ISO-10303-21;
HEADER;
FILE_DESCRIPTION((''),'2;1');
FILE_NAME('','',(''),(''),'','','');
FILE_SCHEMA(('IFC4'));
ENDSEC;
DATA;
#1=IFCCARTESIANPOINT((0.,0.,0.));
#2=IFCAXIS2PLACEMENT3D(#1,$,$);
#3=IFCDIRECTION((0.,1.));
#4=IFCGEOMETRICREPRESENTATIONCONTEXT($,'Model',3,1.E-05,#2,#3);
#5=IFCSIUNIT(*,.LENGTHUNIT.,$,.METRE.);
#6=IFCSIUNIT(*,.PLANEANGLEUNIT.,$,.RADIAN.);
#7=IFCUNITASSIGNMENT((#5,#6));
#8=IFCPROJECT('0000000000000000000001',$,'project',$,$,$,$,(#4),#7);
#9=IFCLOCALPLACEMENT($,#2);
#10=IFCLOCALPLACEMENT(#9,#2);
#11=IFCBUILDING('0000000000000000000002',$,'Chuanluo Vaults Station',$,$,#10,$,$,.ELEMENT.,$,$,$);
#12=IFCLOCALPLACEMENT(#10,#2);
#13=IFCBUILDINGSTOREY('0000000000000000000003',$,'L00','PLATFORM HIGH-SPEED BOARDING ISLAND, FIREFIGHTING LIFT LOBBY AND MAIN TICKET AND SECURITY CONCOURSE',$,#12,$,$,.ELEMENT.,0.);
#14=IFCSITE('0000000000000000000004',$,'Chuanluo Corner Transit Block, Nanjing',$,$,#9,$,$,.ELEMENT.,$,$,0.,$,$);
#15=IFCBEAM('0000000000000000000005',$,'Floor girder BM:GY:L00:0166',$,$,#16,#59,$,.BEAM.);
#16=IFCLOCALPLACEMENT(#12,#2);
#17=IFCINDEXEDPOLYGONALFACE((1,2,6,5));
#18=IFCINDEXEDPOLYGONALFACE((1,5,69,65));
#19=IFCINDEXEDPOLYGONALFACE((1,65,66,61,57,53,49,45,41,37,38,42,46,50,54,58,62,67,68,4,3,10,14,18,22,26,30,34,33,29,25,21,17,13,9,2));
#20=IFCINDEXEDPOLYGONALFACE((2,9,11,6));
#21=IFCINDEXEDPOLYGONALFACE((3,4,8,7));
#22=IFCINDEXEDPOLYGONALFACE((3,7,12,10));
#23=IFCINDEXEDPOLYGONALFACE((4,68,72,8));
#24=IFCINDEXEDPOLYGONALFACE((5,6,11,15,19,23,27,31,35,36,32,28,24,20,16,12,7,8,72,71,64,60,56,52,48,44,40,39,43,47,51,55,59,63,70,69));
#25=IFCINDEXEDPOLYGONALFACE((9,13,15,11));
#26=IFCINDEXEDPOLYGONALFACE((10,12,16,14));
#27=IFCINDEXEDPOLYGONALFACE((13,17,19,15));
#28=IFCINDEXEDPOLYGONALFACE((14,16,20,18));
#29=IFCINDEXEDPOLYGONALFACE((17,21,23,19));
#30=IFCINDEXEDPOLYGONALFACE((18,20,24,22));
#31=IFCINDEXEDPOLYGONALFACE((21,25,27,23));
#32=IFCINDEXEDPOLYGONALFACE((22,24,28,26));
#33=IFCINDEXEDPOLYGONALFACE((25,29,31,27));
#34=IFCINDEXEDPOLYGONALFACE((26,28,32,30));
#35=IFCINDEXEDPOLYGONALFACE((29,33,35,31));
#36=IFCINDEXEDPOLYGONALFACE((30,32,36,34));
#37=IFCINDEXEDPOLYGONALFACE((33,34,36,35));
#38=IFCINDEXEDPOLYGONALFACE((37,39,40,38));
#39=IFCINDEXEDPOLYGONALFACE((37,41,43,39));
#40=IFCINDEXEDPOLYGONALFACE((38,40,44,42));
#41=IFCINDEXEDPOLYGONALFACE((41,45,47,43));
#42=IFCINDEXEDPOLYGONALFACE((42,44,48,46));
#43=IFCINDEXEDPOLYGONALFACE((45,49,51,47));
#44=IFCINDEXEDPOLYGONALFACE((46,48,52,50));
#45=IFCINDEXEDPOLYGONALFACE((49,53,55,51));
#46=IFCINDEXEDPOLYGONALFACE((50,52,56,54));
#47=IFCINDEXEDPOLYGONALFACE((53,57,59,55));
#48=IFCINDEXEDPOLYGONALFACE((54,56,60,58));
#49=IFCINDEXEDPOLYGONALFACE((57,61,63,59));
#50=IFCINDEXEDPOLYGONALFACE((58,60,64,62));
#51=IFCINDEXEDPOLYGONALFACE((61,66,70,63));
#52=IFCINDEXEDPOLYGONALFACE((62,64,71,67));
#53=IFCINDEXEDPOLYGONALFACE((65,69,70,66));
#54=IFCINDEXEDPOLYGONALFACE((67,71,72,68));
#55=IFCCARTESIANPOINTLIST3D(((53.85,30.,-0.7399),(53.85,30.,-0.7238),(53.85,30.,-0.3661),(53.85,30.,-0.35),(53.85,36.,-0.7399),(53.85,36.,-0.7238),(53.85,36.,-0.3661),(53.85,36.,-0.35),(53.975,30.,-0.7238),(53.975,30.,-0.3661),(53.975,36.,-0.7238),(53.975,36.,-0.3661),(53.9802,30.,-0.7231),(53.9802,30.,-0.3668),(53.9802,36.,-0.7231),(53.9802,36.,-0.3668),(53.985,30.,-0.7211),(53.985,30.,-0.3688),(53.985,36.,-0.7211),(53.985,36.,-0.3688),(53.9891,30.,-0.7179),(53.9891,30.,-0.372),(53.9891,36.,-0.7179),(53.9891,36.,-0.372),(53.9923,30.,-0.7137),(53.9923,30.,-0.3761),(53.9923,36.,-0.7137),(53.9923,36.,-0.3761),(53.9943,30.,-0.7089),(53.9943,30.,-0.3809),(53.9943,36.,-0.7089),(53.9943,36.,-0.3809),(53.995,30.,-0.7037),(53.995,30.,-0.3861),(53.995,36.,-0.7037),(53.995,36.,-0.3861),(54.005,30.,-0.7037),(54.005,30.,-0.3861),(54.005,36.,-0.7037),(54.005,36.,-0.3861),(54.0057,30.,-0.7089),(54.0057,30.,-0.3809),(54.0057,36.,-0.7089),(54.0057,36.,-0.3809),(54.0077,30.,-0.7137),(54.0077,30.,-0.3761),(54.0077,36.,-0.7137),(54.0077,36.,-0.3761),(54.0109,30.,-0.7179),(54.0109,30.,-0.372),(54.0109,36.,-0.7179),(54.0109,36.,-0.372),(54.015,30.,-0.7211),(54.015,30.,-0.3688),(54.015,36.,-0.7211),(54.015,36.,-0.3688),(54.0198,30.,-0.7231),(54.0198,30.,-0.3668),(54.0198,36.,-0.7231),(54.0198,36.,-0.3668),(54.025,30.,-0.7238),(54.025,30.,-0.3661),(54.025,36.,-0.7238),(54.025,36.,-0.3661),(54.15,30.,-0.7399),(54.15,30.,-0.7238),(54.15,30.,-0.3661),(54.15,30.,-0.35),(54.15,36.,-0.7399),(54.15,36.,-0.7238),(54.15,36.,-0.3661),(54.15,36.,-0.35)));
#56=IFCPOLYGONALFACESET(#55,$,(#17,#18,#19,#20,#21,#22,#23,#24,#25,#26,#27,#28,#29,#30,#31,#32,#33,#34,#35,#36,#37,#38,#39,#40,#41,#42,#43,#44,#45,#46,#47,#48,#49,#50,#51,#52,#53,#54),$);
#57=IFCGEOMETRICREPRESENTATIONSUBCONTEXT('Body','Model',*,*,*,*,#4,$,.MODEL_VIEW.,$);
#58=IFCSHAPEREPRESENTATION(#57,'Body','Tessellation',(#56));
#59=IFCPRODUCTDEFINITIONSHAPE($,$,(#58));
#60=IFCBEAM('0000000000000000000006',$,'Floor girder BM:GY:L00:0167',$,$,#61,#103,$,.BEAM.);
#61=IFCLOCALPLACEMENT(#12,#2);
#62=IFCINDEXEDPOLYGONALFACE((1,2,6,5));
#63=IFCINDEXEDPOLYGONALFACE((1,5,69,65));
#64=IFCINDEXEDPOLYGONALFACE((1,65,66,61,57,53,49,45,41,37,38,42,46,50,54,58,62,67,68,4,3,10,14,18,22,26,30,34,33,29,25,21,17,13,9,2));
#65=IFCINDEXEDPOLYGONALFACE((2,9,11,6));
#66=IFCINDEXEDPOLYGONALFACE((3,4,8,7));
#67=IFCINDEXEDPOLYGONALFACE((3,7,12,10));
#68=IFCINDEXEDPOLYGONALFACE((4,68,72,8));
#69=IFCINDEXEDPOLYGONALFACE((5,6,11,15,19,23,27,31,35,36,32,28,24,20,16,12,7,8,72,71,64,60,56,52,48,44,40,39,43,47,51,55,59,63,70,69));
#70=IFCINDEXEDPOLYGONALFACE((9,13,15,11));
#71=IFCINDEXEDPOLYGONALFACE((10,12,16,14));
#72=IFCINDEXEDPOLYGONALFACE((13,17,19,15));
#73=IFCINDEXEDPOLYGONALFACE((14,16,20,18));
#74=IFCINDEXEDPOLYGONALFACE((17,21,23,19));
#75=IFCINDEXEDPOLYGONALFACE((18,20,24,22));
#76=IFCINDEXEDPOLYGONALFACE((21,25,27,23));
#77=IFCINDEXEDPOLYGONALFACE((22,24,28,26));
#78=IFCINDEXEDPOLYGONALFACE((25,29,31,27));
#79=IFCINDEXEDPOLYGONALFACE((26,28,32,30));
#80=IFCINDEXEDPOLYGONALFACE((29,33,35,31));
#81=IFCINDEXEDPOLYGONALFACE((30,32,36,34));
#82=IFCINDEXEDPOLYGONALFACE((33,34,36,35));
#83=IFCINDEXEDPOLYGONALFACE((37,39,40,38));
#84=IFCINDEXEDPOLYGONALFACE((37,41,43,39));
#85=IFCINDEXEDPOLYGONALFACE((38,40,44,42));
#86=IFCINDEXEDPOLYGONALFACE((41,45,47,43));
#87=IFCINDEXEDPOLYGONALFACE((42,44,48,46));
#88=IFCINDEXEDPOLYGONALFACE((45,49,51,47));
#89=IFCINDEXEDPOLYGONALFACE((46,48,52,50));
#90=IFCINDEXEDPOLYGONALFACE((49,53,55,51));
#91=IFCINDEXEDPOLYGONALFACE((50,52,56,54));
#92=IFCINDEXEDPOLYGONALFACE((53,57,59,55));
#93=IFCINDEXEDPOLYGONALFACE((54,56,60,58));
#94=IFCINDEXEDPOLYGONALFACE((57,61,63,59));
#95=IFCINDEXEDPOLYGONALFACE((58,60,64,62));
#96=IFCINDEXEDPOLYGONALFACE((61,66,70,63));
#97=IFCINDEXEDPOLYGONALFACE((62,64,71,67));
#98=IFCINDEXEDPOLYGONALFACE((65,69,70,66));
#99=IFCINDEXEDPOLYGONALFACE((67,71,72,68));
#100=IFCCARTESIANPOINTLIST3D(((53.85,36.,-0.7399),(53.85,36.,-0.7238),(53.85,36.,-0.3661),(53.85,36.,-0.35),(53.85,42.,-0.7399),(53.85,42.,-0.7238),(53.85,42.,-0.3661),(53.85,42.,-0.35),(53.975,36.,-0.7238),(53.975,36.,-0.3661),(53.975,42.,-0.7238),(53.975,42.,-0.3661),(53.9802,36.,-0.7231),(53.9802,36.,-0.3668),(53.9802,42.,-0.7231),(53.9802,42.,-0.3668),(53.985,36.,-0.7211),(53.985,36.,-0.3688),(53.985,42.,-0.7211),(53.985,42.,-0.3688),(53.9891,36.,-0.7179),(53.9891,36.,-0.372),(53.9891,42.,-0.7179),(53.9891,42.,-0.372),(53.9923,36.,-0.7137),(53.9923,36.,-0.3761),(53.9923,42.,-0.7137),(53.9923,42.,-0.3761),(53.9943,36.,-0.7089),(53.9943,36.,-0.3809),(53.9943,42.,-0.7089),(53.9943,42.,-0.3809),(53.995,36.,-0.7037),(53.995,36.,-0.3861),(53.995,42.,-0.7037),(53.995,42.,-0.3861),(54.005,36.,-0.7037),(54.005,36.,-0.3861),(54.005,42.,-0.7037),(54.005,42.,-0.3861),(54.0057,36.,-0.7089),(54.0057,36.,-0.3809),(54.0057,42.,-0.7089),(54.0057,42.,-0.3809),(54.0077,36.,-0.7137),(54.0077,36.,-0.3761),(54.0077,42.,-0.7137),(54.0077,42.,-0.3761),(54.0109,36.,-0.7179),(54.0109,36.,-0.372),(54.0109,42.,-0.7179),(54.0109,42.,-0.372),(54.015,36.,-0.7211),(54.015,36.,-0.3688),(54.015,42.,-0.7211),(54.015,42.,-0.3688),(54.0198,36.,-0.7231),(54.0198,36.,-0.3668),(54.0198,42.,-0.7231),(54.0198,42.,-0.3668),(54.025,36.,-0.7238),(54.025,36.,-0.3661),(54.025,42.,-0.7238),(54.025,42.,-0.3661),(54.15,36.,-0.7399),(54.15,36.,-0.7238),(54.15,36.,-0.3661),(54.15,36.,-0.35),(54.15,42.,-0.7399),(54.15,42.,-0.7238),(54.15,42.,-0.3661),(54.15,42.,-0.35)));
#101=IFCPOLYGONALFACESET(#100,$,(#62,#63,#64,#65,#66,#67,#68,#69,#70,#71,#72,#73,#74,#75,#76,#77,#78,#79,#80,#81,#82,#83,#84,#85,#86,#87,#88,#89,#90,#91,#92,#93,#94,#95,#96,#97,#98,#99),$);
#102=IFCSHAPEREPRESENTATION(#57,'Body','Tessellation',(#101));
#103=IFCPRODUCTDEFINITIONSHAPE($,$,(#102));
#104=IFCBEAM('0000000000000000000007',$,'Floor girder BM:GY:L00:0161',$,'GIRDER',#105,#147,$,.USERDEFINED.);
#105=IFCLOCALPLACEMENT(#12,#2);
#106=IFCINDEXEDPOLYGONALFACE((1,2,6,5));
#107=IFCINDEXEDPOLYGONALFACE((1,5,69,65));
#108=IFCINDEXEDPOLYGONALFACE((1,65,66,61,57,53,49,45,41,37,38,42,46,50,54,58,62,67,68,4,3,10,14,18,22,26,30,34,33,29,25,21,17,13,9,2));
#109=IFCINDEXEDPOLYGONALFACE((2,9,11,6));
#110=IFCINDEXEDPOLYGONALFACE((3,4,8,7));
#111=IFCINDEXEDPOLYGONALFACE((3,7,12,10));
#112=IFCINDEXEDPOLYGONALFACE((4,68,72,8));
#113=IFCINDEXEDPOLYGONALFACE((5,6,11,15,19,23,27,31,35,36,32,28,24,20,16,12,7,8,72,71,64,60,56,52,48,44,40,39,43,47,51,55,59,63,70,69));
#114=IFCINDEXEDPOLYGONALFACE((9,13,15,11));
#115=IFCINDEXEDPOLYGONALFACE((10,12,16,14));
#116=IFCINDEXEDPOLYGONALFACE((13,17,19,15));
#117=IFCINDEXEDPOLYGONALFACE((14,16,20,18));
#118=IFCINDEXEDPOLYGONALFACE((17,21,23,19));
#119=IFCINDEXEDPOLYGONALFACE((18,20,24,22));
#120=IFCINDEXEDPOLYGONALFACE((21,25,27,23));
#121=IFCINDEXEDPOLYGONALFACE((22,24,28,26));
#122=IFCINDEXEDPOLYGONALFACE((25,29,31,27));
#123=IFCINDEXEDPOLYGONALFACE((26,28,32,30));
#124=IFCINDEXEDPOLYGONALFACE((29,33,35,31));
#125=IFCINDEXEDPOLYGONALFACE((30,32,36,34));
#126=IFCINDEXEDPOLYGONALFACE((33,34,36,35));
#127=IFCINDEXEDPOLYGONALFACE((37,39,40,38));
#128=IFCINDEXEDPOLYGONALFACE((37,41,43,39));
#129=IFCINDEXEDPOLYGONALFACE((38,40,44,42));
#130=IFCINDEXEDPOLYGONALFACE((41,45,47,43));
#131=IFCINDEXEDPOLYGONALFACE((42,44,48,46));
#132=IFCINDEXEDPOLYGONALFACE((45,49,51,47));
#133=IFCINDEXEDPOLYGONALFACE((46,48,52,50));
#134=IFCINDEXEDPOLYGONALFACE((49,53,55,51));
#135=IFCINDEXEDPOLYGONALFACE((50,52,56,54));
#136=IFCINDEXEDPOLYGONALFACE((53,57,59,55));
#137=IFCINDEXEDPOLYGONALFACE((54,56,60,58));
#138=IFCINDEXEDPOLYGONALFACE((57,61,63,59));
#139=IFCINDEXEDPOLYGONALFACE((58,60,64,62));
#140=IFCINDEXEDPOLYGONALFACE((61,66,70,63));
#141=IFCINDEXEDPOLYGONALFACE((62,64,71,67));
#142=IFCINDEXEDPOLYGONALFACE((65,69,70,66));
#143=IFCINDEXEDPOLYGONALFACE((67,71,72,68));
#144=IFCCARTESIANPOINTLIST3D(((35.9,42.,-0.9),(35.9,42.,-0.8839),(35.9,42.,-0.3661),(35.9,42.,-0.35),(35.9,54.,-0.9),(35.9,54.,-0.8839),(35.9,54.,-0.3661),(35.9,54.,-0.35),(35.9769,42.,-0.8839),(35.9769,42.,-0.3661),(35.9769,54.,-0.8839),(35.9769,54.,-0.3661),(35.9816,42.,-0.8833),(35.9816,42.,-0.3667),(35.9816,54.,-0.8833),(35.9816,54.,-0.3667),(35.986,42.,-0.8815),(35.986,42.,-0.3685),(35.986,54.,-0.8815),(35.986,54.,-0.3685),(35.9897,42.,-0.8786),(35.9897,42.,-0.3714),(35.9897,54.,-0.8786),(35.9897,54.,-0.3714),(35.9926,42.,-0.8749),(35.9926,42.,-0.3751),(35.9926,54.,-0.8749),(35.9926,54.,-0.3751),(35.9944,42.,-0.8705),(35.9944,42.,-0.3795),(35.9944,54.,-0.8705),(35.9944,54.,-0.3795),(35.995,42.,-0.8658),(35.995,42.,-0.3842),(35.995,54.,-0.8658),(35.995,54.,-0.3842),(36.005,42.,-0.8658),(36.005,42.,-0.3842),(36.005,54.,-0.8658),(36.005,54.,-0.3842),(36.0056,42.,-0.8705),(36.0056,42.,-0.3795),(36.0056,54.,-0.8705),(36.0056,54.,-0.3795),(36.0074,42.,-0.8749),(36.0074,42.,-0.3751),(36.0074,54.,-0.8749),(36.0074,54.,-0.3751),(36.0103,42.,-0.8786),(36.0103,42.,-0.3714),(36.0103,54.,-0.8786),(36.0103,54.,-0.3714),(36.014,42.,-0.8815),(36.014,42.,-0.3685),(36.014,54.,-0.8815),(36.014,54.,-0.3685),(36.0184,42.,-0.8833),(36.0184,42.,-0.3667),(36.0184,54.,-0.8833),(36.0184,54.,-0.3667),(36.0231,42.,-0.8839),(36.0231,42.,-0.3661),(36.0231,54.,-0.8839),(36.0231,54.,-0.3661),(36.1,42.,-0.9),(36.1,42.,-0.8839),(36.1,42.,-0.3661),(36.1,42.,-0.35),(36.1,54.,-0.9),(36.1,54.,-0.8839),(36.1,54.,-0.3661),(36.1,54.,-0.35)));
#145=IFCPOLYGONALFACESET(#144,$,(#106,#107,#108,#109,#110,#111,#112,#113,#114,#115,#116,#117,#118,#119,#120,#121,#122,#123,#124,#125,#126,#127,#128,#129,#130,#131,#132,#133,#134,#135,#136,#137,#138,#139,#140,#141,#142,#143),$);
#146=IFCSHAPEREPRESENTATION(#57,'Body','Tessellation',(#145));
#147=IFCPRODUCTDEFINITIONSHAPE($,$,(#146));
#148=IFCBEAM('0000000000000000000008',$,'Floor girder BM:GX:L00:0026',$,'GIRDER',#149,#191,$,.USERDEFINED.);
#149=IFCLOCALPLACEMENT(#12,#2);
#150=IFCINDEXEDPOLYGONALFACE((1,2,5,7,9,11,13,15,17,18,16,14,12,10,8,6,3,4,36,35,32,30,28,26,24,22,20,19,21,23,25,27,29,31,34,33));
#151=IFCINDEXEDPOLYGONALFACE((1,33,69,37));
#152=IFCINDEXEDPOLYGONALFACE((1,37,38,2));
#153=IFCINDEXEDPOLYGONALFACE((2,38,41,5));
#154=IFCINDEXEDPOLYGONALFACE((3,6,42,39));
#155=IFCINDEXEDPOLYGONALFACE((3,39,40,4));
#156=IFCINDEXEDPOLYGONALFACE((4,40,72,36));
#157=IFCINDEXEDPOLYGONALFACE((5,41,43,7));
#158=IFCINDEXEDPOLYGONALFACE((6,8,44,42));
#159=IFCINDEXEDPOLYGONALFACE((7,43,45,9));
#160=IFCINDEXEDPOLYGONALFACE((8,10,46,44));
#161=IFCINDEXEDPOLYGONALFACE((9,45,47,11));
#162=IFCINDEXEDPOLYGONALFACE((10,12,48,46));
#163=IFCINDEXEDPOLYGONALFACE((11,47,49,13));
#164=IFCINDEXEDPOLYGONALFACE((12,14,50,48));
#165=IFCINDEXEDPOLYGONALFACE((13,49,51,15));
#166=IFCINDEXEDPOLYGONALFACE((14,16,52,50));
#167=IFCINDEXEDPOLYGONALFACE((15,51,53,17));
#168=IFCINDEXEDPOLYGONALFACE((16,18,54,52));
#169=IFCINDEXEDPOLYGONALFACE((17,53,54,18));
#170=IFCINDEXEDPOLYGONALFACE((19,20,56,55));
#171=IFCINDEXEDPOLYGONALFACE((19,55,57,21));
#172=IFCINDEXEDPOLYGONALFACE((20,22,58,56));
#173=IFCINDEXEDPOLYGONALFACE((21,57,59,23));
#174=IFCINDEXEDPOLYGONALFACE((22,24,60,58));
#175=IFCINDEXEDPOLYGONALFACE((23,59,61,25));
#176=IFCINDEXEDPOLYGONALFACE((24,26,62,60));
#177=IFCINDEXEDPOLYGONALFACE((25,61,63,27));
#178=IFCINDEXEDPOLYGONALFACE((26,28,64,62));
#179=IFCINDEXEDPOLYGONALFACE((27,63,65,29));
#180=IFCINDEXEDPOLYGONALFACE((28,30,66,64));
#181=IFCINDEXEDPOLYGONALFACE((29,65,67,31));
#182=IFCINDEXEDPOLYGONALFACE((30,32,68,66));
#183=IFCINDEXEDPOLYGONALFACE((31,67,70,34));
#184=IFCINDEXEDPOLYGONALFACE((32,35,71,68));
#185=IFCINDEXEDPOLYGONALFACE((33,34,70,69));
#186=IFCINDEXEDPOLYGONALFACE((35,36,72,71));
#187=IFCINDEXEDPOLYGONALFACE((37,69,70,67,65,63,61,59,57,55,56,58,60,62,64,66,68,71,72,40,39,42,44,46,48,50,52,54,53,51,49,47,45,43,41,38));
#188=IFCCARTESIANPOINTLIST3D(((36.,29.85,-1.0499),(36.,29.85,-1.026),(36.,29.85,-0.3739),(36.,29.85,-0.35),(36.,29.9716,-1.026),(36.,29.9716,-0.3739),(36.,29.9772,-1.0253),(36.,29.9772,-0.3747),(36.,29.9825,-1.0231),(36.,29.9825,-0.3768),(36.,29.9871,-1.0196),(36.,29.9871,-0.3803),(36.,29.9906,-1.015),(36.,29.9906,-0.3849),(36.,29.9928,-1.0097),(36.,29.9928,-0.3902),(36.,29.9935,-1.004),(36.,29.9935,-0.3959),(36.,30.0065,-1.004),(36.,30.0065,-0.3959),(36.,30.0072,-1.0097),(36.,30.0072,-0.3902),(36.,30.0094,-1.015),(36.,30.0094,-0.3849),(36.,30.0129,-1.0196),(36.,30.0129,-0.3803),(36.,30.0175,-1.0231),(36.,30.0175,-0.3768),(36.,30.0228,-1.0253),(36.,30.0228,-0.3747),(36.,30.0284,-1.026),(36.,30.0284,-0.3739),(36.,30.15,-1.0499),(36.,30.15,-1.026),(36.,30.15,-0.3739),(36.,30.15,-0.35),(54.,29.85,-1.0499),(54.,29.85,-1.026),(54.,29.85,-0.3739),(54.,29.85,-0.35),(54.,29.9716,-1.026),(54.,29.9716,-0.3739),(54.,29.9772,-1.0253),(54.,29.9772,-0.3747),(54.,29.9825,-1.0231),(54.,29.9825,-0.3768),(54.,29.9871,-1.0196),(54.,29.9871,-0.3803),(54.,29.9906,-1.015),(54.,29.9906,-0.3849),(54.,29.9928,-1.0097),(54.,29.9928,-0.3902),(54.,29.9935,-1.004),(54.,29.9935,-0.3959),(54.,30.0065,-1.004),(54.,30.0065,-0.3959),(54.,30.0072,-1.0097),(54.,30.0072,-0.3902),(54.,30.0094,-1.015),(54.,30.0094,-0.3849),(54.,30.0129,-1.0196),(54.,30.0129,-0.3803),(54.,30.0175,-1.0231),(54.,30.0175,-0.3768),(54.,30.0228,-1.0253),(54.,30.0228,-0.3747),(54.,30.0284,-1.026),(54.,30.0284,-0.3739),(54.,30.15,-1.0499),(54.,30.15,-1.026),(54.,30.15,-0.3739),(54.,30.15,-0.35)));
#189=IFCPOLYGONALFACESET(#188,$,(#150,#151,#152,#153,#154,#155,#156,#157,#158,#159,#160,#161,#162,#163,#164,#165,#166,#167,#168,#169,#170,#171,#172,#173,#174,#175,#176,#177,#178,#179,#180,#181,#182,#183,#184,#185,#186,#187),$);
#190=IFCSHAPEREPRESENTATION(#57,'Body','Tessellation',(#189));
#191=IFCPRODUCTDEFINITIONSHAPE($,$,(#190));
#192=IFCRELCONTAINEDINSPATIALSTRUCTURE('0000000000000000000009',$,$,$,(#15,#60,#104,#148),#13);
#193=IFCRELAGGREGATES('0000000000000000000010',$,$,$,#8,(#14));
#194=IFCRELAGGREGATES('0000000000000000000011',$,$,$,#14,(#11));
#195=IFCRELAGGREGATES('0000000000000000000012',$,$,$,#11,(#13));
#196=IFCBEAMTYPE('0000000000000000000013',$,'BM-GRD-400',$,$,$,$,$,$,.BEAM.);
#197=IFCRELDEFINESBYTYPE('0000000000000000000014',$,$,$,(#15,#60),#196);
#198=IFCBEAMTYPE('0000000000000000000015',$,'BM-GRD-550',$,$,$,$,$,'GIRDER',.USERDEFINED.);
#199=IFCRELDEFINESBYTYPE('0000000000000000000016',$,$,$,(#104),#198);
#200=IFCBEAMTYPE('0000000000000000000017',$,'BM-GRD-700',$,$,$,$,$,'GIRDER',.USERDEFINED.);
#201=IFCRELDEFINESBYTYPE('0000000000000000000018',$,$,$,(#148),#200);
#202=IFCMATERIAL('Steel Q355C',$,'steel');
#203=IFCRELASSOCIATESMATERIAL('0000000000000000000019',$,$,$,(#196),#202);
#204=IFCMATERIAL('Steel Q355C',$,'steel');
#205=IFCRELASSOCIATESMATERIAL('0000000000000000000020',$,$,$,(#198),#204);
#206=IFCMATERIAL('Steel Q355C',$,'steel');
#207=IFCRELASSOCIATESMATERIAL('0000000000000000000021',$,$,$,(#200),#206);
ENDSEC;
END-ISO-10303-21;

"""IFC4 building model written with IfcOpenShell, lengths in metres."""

from ifc_helpers import new_model, si_unit, direction, frame, origin, origin_2d, place, context, subcontext, project, spatial, i_section, extrude, material, material_profile, profile_set, type_object, element, save


model = new_model("IFC4")

# Units and contexts
model_context = context("Model", 3, precision=1e-05, world=origin(), true_north=direction((0.0, 1.0)))
body_context = subcontext(model_context, "Body", "Model", "MODEL_VIEW")
ifc_project = project(units=[si_unit("LENGTHUNIT", "METRE"), si_unit("PLANEANGLEUNIT", "RADIAN")], contexts=[model_context])

# Site, building, storey
site_placement = place(None, origin())
site = spatial("IfcSite", under=ifc_project, at=site_placement, Name="Chuanluo Corner Transit Block, Nanjing", CompositionType="ELEMENT", RefElevation=0.0)
building_placement = place(site_placement, origin())
building = spatial("IfcBuilding", under=site, at=building_placement, Name="Chuanluo Vaults Station", CompositionType="ELEMENT")
storey_placement = place(building_placement, origin())
storey = spatial("IfcBuildingStorey", under=building, at=storey_placement, Name="L00", Description="PLATFORM HIGH-SPEED BOARDING ISLAND, FIREFIGHTING LIFT LOBBY AND MAIN TICKET AND SECURITY CONCOURSE", CompositionType="ELEMENT", Elevation=0.0)

# Beams
ifc_material_1 = material(Name="Steel Q355C", Category="steel")
ifc_material_profile_1 = material_profile(ifc_material_1, i_section(OverallWidth=0.3, OverallDepth=0.3899, WebThickness=0.01, FlangeThickness=0.0161, FilletRadius=0.02, at=origin_2d()))
ifc_profile_set_1 = profile_set([ifc_material_profile_1], Name="Steel Q355C")
beam_type_1 = type_object("IfcBeamType", Name="BM-GRD-400", PredefinedType="BEAM", material=ifc_profile_set_1)
for number, where, z_axis, x_axis, name in (
    (1, (54.0, 30.0, -0.5449), (0.0, 1.0, 0.0), (-1.0, 0.0, 0.0), "Floor girder BM:GY:L00:0166"),
    (2, (54.0, 36.0, -0.5449), (0.0, 1.0, 0.0), (-1.0, 0.0, 0.0), "Floor girder BM:GY:L00:0167"),
):
    element("IfcBeam", number, at=place(storey_placement, frame(where, z_axis=z_axis, x_axis=x_axis)), inside=storey, type_object=beam_type_1, Name=name, PredefinedType="BEAM", context=body_context, shape_type="SweptSolid", body=[
        extrude(i_section(OverallWidth=0.3, OverallDepth=0.3899, WebThickness=0.01, FlangeThickness=0.0161, FilletRadius=0.02, at=origin_2d()), origin(), (0.0, 0.0, 1.0), 6.0),
    ])
ifc_material_2 = material(Name="Steel Q355C", Category="steel")
ifc_material_profile_2 = material_profile(ifc_material_2, i_section(OverallWidth=0.2, OverallDepth=0.55, WebThickness=0.01, FlangeThickness=0.0161, FilletRadius=0.0181, at=origin_2d()))
ifc_profile_set_2 = profile_set([ifc_material_profile_2], Name="Steel Q355C")
beam_type_2 = type_object("IfcBeamType", Name="BM-GRD-550", ElementType="GIRDER", PredefinedType="USERDEFINED", material=ifc_profile_set_2)
beam_placement = place(storey_placement, frame((36.0, 42.0, -0.625), z_axis=(0.0, 1.0, 0.0), x_axis=(-1.0, 0.0, 0.0)))
element("IfcBeam", 3, at=beam_placement, inside=storey, type_object=beam_type_2, Name="Floor girder BM:GY:L00:0161", ObjectType="GIRDER", PredefinedType="USERDEFINED", context=body_context, shape_type="SweptSolid", body=[
    extrude(i_section(OverallWidth=0.2, OverallDepth=0.55, WebThickness=0.01, FlangeThickness=0.0161, FilletRadius=0.0181, at=origin_2d()), origin(), (0.0, 0.0, 1.0), 12.0),
])
ifc_material_3 = material(Name="Steel Q355C", Category="steel")
ifc_material_profile_3 = material_profile(ifc_material_3, i_section(OverallWidth=0.3, OverallDepth=0.7, WebThickness=0.0129, FlangeThickness=0.0239, FilletRadius=0.022, at=origin_2d()))
ifc_profile_set_3 = profile_set([ifc_material_profile_3], Name="Steel Q355C")
beam_type_3 = type_object("IfcBeamType", Name="BM-GRD-700", ElementType="GIRDER", PredefinedType="USERDEFINED", material=ifc_profile_set_3)
for number, where, z_axis, x_axis, name in (
    (4, (36.0, 30.0, -0.7), (1.0, 0.0, 0.0), (0.0, 1.0, 0.0), "Floor girder BM:GX:L00:0026"),
):
    element("IfcBeam", number, at=place(storey_placement, frame(where, z_axis=z_axis, x_axis=x_axis)), inside=storey, type_object=beam_type_3, Name=name, ObjectType="GIRDER", PredefinedType="USERDEFINED", context=body_context, shape_type="SweptSolid", body=[
        extrude(i_section(OverallWidth=0.3, OverallDepth=0.7, WebThickness=0.0129, FlangeThickness=0.0239, FilletRadius=0.022, at=origin_2d()), origin(), (0.0, 0.0, 1.0), 18.0),
    ])

save(model, "model.ifc")
